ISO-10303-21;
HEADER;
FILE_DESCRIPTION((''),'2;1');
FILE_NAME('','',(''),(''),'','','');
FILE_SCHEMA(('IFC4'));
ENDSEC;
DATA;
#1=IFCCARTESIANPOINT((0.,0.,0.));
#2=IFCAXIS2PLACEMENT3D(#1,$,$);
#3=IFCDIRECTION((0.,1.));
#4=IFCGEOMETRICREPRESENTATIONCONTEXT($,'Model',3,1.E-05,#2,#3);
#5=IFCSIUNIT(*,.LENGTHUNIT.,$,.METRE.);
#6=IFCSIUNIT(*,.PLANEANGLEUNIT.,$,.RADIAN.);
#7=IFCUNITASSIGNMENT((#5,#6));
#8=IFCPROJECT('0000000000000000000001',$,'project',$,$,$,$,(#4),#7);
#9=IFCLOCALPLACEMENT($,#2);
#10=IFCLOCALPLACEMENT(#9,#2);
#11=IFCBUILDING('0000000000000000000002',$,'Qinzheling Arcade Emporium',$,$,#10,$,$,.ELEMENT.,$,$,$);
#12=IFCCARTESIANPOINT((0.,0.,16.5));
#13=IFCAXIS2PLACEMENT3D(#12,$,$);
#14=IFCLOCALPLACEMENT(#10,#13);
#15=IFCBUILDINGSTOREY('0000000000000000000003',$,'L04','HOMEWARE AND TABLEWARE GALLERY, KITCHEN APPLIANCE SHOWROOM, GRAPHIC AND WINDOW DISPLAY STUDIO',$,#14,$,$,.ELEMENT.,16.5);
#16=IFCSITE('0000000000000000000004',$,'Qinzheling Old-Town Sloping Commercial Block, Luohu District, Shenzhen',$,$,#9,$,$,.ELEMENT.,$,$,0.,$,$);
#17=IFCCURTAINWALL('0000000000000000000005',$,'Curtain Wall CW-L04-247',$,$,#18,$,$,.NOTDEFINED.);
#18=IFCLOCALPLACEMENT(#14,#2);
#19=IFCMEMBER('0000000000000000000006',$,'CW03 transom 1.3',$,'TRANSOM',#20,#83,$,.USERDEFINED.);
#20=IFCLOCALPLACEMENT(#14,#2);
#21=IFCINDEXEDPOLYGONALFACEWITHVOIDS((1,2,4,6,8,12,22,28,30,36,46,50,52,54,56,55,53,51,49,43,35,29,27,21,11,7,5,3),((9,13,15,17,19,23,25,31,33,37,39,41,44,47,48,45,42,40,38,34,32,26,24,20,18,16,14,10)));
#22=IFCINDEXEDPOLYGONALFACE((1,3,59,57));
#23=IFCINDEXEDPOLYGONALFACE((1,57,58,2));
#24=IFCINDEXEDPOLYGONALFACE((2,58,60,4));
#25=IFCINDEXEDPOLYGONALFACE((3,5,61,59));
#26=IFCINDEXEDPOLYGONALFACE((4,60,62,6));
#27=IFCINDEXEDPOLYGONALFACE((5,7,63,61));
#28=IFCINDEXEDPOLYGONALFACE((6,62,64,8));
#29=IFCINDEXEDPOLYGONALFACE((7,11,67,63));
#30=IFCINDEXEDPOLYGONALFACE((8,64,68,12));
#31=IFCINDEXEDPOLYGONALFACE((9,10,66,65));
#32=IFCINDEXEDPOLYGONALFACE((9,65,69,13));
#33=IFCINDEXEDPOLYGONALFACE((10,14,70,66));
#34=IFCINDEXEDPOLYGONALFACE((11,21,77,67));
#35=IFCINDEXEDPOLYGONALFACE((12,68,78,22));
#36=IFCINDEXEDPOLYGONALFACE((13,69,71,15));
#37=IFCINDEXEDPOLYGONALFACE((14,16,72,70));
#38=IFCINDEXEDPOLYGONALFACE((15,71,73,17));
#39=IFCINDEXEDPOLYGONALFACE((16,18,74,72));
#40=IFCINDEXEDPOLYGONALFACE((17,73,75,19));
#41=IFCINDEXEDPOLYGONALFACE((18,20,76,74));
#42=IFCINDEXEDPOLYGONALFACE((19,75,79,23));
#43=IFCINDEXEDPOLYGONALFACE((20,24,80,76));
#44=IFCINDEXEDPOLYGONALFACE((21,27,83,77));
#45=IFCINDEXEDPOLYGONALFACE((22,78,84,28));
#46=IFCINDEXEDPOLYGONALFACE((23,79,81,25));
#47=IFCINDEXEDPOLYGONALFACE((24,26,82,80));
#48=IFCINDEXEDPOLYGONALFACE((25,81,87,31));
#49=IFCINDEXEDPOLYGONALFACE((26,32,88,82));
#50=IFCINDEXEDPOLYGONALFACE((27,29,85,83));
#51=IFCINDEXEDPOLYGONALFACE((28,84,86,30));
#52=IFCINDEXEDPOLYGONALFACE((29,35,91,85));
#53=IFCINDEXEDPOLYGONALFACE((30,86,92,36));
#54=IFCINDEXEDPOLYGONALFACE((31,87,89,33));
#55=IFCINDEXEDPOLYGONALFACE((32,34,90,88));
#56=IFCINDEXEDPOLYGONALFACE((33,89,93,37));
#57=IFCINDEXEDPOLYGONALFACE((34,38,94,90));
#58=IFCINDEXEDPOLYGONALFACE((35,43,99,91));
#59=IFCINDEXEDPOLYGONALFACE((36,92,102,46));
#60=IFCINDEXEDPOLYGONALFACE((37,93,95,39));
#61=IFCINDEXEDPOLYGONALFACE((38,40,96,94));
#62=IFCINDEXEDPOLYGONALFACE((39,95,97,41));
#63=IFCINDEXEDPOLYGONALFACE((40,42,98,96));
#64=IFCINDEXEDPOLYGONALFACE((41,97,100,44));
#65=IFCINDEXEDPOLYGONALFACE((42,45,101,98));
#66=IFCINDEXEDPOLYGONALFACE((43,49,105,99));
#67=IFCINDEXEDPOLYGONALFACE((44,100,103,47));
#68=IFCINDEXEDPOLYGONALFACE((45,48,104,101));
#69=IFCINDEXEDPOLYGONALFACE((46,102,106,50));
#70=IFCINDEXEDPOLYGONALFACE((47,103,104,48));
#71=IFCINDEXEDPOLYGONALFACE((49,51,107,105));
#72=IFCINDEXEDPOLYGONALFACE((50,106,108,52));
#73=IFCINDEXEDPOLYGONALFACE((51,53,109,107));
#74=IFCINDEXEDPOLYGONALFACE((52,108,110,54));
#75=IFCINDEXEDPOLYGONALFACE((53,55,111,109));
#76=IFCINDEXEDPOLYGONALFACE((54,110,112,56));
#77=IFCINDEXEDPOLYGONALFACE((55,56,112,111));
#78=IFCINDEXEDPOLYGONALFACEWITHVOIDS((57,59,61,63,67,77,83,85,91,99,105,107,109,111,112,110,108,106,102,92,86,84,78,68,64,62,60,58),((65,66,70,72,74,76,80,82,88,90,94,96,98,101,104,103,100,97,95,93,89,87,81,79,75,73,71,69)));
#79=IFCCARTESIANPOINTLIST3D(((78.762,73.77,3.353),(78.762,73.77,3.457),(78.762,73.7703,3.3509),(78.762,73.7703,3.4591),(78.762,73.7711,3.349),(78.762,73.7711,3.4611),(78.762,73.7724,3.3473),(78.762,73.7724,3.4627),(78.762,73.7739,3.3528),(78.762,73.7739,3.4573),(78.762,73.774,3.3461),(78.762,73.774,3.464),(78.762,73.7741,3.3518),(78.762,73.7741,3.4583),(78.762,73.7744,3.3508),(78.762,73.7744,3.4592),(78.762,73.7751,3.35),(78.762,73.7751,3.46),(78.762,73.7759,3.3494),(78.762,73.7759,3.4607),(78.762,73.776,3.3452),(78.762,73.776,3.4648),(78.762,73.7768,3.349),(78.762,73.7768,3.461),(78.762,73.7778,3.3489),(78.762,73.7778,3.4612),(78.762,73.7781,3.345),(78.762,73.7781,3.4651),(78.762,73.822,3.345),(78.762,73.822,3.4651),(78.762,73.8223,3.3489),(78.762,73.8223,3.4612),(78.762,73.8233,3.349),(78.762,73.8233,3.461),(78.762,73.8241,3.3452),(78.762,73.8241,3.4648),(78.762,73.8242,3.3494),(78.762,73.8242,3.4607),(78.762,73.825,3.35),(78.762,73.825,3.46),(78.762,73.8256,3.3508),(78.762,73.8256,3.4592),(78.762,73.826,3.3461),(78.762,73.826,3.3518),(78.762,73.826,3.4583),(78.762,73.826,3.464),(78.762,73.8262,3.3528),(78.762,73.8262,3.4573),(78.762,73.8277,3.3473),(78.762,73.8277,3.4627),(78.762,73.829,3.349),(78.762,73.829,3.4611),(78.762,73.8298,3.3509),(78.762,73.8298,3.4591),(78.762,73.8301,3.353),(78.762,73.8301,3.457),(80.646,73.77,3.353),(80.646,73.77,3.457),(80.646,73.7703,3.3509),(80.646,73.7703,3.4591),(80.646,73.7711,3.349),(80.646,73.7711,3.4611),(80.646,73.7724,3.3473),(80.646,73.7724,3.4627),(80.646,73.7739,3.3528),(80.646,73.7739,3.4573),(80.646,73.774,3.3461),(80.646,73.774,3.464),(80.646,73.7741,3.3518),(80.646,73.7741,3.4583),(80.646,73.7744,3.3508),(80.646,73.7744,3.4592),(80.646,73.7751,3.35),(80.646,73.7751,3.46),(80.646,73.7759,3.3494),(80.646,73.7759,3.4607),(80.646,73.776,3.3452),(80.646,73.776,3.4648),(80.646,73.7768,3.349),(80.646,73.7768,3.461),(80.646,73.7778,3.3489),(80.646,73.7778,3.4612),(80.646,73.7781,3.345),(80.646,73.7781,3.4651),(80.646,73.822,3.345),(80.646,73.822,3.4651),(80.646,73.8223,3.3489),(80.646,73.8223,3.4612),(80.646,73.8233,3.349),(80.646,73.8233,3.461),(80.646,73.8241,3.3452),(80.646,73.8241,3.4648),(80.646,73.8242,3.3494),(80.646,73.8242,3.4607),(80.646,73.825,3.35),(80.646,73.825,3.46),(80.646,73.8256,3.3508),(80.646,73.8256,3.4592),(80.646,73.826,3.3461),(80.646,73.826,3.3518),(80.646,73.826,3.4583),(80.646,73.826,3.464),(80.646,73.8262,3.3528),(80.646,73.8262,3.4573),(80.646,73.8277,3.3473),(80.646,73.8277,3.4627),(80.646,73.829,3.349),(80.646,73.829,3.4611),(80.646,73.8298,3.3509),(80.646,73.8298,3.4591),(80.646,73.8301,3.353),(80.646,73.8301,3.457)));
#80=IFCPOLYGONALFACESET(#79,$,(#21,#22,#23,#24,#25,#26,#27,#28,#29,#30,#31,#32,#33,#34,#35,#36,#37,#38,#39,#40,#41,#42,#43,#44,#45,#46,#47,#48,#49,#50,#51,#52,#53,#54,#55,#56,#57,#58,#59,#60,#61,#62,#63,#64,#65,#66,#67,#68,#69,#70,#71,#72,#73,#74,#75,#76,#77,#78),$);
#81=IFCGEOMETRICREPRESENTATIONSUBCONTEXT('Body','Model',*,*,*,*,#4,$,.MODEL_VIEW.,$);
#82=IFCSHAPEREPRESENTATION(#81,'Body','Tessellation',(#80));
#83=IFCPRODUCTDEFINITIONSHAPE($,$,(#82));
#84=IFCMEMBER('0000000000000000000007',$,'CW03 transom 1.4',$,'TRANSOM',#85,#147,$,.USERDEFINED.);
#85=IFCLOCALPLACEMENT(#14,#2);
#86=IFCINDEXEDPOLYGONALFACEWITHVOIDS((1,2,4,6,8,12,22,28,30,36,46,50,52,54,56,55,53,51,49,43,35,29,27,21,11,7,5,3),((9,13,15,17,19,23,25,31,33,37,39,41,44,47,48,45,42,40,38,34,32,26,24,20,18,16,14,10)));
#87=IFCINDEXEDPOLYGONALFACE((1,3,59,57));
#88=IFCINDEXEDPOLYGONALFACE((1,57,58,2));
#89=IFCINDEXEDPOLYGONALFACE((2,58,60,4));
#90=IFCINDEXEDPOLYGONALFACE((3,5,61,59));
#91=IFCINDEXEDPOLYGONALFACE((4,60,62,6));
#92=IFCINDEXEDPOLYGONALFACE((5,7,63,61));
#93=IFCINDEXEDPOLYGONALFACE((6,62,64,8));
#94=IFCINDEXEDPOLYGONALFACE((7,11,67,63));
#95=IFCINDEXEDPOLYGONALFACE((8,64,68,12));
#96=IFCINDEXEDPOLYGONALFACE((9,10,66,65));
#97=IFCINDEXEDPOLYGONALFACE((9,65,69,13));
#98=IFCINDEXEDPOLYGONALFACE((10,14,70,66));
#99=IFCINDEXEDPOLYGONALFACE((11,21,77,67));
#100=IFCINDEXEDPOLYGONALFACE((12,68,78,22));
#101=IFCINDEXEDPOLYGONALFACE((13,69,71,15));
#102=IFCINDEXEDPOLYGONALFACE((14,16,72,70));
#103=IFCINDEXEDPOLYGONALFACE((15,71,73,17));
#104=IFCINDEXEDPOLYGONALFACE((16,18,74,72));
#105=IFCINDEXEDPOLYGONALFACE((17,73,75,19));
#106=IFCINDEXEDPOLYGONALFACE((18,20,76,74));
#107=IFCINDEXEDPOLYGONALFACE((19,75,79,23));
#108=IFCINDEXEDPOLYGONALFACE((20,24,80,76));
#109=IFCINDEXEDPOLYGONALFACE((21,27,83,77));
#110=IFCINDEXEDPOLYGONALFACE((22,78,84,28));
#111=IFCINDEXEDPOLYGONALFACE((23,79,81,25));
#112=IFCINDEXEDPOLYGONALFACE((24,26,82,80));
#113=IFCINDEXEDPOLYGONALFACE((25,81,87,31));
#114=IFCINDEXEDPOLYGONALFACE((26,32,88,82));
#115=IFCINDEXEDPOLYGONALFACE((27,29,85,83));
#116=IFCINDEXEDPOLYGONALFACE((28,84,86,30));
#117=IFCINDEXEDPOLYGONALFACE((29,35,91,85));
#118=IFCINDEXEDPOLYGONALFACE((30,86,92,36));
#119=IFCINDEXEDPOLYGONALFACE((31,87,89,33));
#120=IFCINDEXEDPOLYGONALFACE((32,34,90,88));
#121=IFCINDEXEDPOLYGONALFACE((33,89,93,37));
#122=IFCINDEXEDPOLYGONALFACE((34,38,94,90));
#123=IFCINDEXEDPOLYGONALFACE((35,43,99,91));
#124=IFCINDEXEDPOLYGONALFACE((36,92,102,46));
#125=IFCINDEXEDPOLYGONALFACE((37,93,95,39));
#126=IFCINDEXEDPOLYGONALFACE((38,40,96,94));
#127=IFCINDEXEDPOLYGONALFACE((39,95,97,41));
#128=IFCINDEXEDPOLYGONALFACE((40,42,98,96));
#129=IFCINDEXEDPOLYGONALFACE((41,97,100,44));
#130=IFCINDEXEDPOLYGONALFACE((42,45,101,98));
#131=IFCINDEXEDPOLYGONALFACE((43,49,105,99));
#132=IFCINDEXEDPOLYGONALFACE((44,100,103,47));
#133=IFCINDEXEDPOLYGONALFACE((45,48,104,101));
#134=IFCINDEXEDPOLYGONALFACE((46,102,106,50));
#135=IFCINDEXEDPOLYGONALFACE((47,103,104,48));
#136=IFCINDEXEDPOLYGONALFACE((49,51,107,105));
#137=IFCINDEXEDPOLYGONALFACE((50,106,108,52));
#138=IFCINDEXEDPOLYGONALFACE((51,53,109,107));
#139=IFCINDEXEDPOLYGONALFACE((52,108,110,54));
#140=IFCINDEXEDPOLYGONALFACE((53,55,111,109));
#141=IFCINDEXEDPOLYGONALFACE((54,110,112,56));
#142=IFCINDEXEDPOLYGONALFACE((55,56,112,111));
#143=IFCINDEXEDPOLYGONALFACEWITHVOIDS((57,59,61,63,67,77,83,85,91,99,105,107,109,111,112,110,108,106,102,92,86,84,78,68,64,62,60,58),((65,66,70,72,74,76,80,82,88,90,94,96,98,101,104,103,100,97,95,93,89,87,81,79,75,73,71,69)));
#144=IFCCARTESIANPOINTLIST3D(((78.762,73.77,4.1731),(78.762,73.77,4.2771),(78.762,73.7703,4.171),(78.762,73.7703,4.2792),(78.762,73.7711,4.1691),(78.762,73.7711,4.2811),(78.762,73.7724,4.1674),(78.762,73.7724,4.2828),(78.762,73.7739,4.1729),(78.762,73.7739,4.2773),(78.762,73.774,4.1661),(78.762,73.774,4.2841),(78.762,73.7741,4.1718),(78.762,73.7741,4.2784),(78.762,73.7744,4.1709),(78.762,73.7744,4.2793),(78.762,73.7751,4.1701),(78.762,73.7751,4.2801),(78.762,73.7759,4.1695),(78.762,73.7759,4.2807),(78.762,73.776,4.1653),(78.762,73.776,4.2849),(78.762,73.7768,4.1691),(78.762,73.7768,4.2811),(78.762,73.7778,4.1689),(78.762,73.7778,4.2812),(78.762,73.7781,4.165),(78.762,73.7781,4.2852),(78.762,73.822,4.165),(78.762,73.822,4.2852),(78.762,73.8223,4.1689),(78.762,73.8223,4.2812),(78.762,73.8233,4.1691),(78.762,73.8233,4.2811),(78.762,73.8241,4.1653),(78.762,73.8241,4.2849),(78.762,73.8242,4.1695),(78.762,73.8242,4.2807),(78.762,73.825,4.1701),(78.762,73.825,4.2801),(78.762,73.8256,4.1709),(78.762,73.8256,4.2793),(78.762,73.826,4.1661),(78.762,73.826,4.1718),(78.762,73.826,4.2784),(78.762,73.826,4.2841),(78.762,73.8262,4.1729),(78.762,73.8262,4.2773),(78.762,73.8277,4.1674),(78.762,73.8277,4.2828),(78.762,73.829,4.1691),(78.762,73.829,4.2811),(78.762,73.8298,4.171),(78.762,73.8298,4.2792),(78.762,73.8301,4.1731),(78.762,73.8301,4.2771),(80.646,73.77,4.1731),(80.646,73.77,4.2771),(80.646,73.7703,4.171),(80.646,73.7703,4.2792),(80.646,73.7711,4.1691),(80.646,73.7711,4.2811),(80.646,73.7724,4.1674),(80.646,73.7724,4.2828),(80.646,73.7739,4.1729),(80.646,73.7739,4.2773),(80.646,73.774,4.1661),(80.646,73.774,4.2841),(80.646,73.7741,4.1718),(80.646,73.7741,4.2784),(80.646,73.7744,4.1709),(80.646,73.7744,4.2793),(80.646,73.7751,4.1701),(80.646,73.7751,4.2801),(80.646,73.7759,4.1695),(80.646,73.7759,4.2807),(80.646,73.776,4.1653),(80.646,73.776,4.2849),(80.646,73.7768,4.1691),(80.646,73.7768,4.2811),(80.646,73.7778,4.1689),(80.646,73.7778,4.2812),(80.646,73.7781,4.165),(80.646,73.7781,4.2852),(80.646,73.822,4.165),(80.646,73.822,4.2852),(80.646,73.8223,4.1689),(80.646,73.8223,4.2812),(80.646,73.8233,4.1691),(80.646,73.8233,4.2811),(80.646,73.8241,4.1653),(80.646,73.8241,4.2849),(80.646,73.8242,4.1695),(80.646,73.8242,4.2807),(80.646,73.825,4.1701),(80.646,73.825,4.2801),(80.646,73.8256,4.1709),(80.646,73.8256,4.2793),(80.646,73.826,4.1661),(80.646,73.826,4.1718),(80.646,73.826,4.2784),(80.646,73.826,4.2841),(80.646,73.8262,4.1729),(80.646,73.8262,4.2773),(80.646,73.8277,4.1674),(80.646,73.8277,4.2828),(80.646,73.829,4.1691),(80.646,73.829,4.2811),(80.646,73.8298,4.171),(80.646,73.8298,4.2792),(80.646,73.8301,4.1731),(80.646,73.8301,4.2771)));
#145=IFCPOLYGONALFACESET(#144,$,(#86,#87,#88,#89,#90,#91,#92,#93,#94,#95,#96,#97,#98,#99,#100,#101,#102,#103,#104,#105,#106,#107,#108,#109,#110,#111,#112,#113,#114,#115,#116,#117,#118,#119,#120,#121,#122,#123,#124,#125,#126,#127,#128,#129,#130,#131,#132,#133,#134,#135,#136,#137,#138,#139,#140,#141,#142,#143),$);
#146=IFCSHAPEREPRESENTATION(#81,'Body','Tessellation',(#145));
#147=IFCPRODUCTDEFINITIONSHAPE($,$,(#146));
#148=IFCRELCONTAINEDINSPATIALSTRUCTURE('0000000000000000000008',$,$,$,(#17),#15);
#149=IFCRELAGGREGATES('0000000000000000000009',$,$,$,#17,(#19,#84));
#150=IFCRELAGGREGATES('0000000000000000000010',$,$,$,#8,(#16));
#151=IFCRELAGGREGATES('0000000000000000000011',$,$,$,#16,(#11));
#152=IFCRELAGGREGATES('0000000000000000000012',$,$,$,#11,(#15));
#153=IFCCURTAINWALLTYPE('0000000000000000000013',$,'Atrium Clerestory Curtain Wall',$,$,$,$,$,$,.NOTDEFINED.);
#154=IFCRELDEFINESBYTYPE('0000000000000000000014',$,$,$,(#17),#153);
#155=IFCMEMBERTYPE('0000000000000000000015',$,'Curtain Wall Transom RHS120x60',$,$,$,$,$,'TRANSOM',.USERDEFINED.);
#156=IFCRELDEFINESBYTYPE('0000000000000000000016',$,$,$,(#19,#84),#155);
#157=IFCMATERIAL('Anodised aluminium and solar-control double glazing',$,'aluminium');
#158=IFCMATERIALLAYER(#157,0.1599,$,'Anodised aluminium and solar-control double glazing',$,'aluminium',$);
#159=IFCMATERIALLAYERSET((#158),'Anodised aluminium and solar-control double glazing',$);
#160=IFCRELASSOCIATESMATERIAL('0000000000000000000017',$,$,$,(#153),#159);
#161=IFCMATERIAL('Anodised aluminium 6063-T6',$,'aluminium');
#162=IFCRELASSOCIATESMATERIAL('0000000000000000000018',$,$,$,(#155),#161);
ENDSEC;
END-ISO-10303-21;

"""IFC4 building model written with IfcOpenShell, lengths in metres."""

from ifc_helpers import new_model, si_unit, direction, frame, origin, origin_2d, place, context, subcontext, project, spatial, hollow_rectangle, extrude, material, layer, layer_set, material_profile, profile_set, type_object, element, aggregate, save


model = new_model("IFC4")

# Units and contexts
model_context = context("Model", 3, precision=1e-05, world=origin(), true_north=direction((0.0, 1.0)))
body_context = subcontext(model_context, "Body", "Model", "MODEL_VIEW")
ifc_project = project(units=[si_unit("LENGTHUNIT", "METRE"), si_unit("PLANEANGLEUNIT", "RADIAN")], contexts=[model_context])

# Site, building, storey
site_placement = place(None, origin())
site = spatial("IfcSite", under=ifc_project, at=site_placement, Name="Qinzheling Old-Town Sloping Commercial Block, Luohu District, Shenzhen", CompositionType="ELEMENT", RefElevation=0.0)
building_placement = place(site_placement, origin())
building = spatial("IfcBuilding", under=site, at=building_placement, Name="Qinzheling Arcade Emporium", CompositionType="ELEMENT")
storey_placement = place(building_placement, frame((0.0, 0.0, 16.5)))
storey = spatial("IfcBuildingStorey", under=building, at=storey_placement, Name="L04", Description="HOMEWARE AND TABLEWARE GALLERY, KITCHEN APPLIANCE SHOWROOM, GRAPHIC AND WINDOW DISPLAY STUDIO", CompositionType="ELEMENT", Elevation=16.5)

# Curtain wall
ifc_material_1 = material(Name="Anodised aluminium and solar-control double glazing", Category="aluminium")
ifc_layer_1 = layer(ifc_material_1, 0.1599, Name="Anodised aluminium and solar-control double glazing", Category="aluminium")
ifc_layer_set_1 = layer_set([ifc_layer_1], Name="Anodised aluminium and solar-control double glazing")
curtain_wall_type = type_object("IfcCurtainWallType", Name="Atrium Clerestory Curtain Wall", PredefinedType="NOTDEFINED", material=ifc_layer_set_1)
ifc_material_2 = material(Name="Anodised aluminium 6063-T6", Category="aluminium")
curtain_wall_1_placement = place(storey_placement, origin())
curtain_wall_1 = element("IfcCurtainWall", 1, at=curtain_wall_1_placement, inside=storey, type_object=curtain_wall_type, Name="Curtain Wall CW-L04-247", PredefinedType="NOTDEFINED")

# Members
ifc_material_profile_1 = material_profile(ifc_material_2, hollow_rectangle(XDim=0.0601, YDim=0.1201, WallThickness=0.0039, InnerFilletRadius=0.0039, OuterFilletRadius=0.0081, at=origin_2d()), Name="RHS 120x60x4", Category="aluminium")
ifc_profile_set_1 = profile_set([ifc_material_profile_1], Name="Anodised aluminium 6063-T6")
member_type_1 = type_object("IfcMemberType", Name="Curtain Wall Transom RHS120x60", ElementType="TRANSOM", PredefinedType="USERDEFINED", material=ifc_profile_set_1)
member_1_placement = place(storey_placement, frame((78.762, 73.8, 3.405), z_axis=(1.0, 0.0, 0.0), x_axis=(0.0, 1.0, 0.0)))
member_1 = element("IfcMember", 2, at=member_1_placement, type_object=member_type_1, Name="CW03 transom 1.3", ObjectType="TRANSOM", PredefinedType="USERDEFINED", context=body_context, shape_type="SweptSolid", body=[
    extrude(hollow_rectangle(XDim=0.0601, YDim=0.1201, WallThickness=0.0039, InnerFilletRadius=0.0039, OuterFilletRadius=0.0081, at=origin_2d()), origin(), (0.0, 0.0, 1.0), 1.884),
])
member_2_placement = place(storey_placement, frame((78.762, 73.8, 4.2251), z_axis=(1.0, 0.0, 0.0), x_axis=(0.0, 1.0, 0.0)))
member_2 = element("IfcMember", 3, at=member_2_placement, type_object=member_type_1, Name="CW03 transom 1.4", ObjectType="TRANSOM", PredefinedType="USERDEFINED", context=body_context, shape_type="SweptSolid", body=[
    extrude(hollow_rectangle(XDim=0.0601, YDim=0.1201, WallThickness=0.0039, InnerFilletRadius=0.0039, OuterFilletRadius=0.0081, at=origin_2d()), origin(), (0.0, 0.0, 1.0), 1.884),
])

aggregate(curtain_wall_1, [member_1, member_2])

save(model, "model.ifc")
